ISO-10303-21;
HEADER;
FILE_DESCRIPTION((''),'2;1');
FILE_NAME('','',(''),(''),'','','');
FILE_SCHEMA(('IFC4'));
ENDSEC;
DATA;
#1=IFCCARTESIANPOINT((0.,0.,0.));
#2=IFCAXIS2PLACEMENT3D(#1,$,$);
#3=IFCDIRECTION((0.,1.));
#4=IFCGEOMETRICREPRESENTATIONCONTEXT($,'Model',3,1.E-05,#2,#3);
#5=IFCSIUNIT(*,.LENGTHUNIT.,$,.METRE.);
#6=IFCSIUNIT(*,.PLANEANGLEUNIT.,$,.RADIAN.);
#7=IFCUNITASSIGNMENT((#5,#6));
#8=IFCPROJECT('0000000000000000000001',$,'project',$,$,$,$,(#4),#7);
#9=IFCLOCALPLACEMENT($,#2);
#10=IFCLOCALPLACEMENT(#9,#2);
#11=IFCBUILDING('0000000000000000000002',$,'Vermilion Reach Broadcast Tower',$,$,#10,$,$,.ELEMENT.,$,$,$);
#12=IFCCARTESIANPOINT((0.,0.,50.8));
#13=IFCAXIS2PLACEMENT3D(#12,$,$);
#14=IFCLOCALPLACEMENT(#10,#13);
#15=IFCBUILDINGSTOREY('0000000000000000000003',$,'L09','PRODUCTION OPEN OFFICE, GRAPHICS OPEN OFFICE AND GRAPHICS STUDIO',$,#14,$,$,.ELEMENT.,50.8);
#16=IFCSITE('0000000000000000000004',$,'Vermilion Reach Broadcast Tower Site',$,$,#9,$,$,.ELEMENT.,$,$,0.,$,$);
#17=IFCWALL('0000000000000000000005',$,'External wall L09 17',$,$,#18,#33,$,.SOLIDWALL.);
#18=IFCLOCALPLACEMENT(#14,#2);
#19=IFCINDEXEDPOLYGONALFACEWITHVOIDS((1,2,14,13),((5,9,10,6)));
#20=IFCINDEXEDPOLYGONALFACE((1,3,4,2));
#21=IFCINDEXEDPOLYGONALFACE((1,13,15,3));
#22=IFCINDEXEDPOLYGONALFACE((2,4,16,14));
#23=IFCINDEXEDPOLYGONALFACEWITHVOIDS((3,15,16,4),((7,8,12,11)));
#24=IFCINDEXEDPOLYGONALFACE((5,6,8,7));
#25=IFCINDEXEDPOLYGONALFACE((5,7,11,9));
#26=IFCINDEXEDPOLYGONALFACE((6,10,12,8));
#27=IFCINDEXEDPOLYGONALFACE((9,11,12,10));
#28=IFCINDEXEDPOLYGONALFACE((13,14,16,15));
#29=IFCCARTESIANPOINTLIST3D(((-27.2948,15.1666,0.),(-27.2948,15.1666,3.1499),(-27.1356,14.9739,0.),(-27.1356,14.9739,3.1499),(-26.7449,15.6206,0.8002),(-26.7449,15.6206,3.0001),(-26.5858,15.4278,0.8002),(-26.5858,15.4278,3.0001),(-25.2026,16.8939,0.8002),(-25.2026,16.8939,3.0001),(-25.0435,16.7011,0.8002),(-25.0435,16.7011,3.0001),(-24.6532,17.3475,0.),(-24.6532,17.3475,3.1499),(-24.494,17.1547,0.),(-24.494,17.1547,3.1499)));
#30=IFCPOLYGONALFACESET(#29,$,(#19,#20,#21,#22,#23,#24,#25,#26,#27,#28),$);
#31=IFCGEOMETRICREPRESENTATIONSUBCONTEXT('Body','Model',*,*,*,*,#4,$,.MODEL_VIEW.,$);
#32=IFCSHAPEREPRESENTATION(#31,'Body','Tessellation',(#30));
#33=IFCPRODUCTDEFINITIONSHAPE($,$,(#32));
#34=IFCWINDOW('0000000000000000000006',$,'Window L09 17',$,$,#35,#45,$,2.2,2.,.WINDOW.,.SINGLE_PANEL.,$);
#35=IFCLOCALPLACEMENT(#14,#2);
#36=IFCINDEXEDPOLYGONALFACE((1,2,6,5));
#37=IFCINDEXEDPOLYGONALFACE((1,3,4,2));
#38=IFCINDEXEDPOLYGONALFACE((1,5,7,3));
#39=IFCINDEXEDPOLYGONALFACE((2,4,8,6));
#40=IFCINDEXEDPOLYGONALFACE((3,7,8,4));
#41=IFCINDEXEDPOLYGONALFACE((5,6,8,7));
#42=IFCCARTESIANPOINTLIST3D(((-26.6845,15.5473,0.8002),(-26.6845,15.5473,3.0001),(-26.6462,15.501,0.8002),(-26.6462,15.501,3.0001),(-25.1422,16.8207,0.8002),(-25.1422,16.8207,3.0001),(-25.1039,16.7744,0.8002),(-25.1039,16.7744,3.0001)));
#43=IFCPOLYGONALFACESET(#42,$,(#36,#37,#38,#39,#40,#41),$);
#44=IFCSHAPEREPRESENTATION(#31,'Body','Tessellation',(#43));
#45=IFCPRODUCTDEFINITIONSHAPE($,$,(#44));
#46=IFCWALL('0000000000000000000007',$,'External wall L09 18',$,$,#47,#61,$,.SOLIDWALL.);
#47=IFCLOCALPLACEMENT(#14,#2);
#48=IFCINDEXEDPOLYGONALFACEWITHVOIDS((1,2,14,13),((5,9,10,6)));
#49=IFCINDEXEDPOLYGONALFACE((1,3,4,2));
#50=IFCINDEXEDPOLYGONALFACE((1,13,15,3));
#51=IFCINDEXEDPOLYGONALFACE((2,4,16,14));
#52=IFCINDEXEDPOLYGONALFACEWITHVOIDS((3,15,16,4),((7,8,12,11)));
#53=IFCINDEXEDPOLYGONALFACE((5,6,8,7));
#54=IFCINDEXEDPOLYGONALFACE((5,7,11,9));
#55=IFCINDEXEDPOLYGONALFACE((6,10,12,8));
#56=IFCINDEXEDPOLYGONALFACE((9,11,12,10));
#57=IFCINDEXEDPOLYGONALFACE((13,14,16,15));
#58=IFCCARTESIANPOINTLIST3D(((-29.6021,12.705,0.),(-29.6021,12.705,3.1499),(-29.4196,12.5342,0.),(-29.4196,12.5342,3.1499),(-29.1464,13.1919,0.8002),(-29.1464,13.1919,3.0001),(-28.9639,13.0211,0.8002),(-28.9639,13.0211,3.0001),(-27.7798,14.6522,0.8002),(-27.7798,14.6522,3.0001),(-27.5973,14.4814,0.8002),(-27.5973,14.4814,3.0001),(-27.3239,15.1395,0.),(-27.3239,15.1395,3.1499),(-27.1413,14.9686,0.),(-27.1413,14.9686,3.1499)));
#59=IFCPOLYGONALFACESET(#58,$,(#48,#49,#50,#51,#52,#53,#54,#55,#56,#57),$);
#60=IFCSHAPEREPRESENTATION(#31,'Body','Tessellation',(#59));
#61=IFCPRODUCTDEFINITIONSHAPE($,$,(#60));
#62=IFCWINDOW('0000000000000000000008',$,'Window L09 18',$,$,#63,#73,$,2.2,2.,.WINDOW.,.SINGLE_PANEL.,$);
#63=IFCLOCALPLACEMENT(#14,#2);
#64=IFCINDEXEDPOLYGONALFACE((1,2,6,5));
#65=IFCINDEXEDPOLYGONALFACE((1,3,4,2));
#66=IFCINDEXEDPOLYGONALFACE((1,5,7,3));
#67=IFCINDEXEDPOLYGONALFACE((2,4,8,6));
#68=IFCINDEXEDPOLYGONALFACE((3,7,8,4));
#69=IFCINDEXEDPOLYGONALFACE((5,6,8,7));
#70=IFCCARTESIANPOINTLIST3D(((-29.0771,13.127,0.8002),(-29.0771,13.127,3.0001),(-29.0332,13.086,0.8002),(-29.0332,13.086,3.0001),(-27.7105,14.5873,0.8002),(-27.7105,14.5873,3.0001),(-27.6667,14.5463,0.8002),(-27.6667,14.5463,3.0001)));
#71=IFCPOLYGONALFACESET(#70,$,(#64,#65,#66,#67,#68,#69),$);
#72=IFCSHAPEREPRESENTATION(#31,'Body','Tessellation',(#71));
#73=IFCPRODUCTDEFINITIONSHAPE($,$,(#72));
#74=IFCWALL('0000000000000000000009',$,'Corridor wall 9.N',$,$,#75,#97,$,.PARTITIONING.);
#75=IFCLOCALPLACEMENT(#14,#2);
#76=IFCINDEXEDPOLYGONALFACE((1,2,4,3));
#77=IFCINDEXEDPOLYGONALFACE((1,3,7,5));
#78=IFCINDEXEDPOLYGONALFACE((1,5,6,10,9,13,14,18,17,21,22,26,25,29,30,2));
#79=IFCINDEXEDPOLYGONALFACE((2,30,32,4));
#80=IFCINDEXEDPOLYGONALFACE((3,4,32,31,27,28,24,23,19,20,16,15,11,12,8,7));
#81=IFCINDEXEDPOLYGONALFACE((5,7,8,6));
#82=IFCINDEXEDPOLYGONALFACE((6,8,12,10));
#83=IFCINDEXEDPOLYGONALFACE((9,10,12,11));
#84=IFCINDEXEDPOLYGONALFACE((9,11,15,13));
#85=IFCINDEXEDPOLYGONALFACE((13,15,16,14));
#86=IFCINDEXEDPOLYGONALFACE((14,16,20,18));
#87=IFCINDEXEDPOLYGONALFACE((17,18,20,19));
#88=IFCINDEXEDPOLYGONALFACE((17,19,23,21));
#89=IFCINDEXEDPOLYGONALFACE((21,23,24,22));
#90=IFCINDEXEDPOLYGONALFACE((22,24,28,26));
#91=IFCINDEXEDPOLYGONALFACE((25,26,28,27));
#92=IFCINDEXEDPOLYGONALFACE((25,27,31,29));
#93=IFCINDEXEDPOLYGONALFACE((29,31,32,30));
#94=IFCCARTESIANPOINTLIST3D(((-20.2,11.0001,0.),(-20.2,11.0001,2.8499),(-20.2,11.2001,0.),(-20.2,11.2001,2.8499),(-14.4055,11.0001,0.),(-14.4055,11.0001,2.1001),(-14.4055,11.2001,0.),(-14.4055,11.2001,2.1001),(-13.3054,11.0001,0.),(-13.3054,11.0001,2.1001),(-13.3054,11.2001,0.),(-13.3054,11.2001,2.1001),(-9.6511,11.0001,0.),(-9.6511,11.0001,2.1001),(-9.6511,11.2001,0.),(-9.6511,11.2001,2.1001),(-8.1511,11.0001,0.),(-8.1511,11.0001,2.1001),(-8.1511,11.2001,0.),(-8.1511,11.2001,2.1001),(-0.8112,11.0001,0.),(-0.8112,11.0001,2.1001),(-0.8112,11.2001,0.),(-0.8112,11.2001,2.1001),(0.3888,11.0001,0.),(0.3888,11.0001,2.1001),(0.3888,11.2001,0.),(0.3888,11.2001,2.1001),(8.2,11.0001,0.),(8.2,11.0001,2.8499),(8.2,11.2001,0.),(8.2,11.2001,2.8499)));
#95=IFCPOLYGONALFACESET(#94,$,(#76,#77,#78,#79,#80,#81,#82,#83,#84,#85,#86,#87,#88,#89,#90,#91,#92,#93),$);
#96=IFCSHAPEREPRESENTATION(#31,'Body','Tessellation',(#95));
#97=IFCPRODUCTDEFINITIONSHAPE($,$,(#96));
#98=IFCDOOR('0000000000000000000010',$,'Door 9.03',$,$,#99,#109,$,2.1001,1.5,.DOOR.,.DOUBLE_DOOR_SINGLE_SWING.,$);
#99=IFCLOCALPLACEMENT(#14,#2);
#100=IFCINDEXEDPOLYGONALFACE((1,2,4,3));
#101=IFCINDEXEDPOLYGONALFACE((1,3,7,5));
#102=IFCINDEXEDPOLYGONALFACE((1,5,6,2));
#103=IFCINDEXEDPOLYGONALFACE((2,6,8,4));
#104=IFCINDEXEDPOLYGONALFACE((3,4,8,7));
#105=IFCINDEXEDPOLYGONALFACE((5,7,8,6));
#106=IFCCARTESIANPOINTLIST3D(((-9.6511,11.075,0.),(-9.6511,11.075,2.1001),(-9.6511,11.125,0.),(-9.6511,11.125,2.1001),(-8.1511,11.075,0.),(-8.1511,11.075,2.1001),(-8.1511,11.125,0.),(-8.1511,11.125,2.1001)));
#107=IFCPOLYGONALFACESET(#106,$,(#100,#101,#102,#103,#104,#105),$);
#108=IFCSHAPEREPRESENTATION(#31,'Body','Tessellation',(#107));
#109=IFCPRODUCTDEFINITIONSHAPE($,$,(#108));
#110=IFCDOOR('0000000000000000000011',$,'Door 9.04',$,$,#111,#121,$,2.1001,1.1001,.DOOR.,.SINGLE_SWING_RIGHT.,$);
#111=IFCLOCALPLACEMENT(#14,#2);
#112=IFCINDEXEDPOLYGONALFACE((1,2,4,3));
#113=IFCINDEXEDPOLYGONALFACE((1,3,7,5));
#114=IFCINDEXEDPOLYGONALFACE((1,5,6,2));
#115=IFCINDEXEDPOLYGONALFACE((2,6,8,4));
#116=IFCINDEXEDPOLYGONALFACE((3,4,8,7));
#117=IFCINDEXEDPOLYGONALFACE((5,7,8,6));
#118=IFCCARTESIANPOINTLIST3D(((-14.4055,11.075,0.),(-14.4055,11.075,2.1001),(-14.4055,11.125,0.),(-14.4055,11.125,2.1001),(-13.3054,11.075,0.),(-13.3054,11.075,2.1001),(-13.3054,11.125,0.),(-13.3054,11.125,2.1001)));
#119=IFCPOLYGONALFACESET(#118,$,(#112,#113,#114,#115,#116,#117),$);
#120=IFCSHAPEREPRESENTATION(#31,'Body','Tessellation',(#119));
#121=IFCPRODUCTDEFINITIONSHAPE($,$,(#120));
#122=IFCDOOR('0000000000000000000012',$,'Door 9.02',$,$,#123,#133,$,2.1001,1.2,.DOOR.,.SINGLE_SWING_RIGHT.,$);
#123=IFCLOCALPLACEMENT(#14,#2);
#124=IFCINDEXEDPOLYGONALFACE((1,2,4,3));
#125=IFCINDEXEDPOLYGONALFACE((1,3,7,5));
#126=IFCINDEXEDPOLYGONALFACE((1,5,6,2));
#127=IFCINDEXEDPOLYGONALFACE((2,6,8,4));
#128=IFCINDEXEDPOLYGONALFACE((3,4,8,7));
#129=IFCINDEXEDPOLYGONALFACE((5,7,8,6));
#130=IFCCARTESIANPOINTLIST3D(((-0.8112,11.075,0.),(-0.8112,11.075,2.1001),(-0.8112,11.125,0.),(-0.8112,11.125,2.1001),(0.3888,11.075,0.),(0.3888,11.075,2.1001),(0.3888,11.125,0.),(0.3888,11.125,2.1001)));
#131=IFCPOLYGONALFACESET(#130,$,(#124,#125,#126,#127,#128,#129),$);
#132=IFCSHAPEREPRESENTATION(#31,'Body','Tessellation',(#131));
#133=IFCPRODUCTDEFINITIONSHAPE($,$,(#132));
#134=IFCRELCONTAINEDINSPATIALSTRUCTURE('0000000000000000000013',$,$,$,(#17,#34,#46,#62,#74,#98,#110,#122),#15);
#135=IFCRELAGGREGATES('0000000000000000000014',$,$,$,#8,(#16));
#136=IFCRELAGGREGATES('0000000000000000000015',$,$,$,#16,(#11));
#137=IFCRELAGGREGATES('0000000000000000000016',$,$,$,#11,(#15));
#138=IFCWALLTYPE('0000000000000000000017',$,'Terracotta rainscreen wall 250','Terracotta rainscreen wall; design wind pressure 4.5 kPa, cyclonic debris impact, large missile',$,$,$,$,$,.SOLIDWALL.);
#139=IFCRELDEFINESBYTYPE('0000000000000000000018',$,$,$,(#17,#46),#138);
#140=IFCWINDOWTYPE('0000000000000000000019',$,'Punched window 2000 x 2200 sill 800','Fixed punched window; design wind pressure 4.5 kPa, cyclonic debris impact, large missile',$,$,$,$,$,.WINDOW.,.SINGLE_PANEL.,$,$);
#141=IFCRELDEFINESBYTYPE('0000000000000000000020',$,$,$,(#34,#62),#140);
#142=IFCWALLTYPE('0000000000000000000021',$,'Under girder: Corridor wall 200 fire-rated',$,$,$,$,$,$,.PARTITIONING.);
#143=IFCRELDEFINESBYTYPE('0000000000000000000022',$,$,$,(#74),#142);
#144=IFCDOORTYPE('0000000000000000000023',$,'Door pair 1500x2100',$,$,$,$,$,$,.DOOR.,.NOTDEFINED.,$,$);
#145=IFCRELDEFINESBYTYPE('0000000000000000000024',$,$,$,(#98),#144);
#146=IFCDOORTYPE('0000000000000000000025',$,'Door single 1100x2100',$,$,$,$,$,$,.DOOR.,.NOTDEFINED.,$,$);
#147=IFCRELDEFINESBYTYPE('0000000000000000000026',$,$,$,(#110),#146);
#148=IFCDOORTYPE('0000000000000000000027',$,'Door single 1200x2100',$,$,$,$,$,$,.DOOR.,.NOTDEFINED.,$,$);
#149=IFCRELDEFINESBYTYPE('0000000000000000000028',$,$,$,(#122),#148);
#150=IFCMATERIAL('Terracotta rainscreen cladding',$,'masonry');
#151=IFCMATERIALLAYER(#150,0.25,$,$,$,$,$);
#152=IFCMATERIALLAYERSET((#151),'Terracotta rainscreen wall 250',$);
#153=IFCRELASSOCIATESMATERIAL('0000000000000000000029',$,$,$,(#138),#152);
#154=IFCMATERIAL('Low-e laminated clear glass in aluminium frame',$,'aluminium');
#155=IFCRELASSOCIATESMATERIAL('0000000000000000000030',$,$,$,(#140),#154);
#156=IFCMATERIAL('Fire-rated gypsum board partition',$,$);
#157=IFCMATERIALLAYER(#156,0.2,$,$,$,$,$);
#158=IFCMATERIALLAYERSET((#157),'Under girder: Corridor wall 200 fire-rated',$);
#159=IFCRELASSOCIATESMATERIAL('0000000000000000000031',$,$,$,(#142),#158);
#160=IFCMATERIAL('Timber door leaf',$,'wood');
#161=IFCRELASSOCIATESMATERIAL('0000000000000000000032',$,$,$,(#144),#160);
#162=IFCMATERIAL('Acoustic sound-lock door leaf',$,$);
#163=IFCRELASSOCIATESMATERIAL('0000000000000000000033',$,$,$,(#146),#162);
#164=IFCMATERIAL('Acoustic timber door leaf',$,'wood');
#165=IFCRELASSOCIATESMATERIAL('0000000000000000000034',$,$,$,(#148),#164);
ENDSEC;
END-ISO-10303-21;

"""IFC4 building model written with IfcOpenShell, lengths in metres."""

from ifc_helpers import new_model, si_unit, direction, frame, frame_2d, origin, place, context, subcontext, project, spatial, rectangle, extrude, material, layer, layer_set, type_object, element, fill, save


model = new_model("IFC4")

# Units and contexts
model_context = context("Model", 3, precision=1e-05, world=origin(), true_north=direction((0.0, 1.0)))
body_context = subcontext(model_context, "Body", "Model", "MODEL_VIEW")
ifc_project = project(units=[si_unit("LENGTHUNIT", "METRE"), si_unit("PLANEANGLEUNIT", "RADIAN")], contexts=[model_context])

# Site, building, storey
site_placement = place(None, origin())
site = spatial("IfcSite", under=ifc_project, at=site_placement, Name="Vermilion Reach Broadcast Tower Site", CompositionType="ELEMENT", RefElevation=0.0)
building_placement = place(site_placement, origin())
building = spatial("IfcBuilding", under=site, at=building_placement, Name="Vermilion Reach Broadcast Tower", CompositionType="ELEMENT")
storey_placement = place(building_placement, frame((0.0, 0.0, 50.8)))
storey = spatial("IfcBuildingStorey", under=building, at=storey_placement, Name="L09", Description="PRODUCTION OPEN OFFICE, GRAPHICS OPEN OFFICE AND GRAPHICS STUDIO", CompositionType="ELEMENT", Elevation=50.8)

# Shared definitions
ifc_material_1 = material(Name="Terracotta rainscreen cladding", Category="masonry")
ifc_layer_1 = layer(ifc_material_1, 0.25)
ifc_layer_set_1 = layer_set([ifc_layer_1], Name="Terracotta rainscreen wall 250")
wall_type_1 = type_object("IfcWallType", Name="Terracotta rainscreen wall 250", Description="Terracotta rainscreen wall; design wind pressure 4.5 kPa, cyclonic debris impact, large missile", PredefinedType="SOLIDWALL", material=ifc_layer_set_1)

# Walls, openings, windows
ifc_material_2 = material(Name="Low-e laminated clear glass in aluminium frame", Category="aluminium")
window_type = type_object("IfcWindowType", Name="Punched window 2000 x 2200 sill 800", Description="Fixed punched window; design wind pressure 4.5 kPa, cyclonic debris impact, large missile", PartitioningType="SINGLE_PANEL", PredefinedType="WINDOW", material=ifc_material_2)
wall_1_placement = place(storey_placement, frame((-24.5735, 17.2512, 0.0), z_axis=(0.0, 0.0, 1.0), x_axis=(-0.771146, -0.636659, 0.0)))
wall_1 = element("IfcWall", 1, at=wall_1_placement, inside=storey, type_object=wall_type_1, Name="External wall L09 17", PredefinedType="SOLIDWALL", context=body_context, shape_type="SweptSolid", body=[
    extrude(rectangle(XDim=3.4255, YDim=0.25, at=frame_2d((1.7129, 0.0))), origin(), (0.0, 0.0, 1.0), 3.1499),
])
opening_1_placement = place(wall_1_placement, frame((0.7126, 0.0, 0.8)))
opening_1 = element("IfcOpeningElement", 2, at=opening_1_placement, cuts=wall_1, PredefinedType="OPENING", context=body_context, shape_type="SweptSolid", body=[
    extrude(rectangle(XDim=2.0, YDim=2.2, at=frame_2d((1.0, 1.1001))), frame((0.0, 0.135, 0.0), z_axis=(0.0, -1.0, 0.0), x_axis=(1.0, 0.0, 0.0)), (0.0, 0.0, 1.0), 0.27),
])
window_1_placement = place(opening_1_placement, origin())
window_1 = element("IfcWindow", 3, at=window_1_placement, inside=storey, type_object=window_type, Name="Window L09 17", OverallHeight=2.2, OverallWidth=2.0, PartitioningType="SINGLE_PANEL", PredefinedType="WINDOW", context=body_context, shape_type="SweptSolid", body=[
    extrude(rectangle(XDim=2.0, YDim=2.2, at=frame_2d((1.0, 1.1001))), frame((0.0, 0.03, 0.0), z_axis=(0.0, -1.0, 0.0), x_axis=(1.0, 0.0, 0.0)), (0.0, 0.0, 1.0), 0.0601),
])
fill(opening_1, window_1)
wall_2_placement = place(storey_placement, frame((-27.2327, 15.054, 0.0), z_axis=(0.0, 0.0, 1.0), x_axis=(-0.683288, -0.730149, 0.0)))
wall_2 = element("IfcWall", 4, at=wall_2_placement, inside=storey, type_object=wall_type_1, Name="External wall L09 18", PredefinedType="SOLIDWALL", context=body_context, shape_type="SweptSolid", body=[
    extrude(rectangle(XDim=3.3342, YDim=0.25, at=frame_2d((1.667, 0.0))), origin(), (0.0, 0.0, 1.0), 3.1499),
])
opening_2_placement = place(wall_2_placement, frame((0.6672, 0.0, 0.8)))
opening_2 = element("IfcOpeningElement", 5, at=opening_2_placement, cuts=wall_2, PredefinedType="OPENING", context=body_context, shape_type="SweptSolid", body=[
    extrude(rectangle(XDim=2.0, YDim=2.2, at=frame_2d((1.0, 1.1001))), frame((0.0, 0.135, 0.0), z_axis=(0.0, -1.0, 0.0), x_axis=(1.0, 0.0, 0.0)), (0.0, 0.0, 1.0), 0.27),
])
window_2_placement = place(opening_2_placement, origin())
window_2 = element("IfcWindow", 6, at=window_2_placement, inside=storey, type_object=window_type, Name="Window L09 18", OverallHeight=2.2, OverallWidth=2.0, PartitioningType="SINGLE_PANEL", PredefinedType="WINDOW", context=body_context, shape_type="SweptSolid", body=[
    extrude(rectangle(XDim=2.0, YDim=2.2, at=frame_2d((1.0, 1.1001))), frame((0.0, 0.03, 0.0), z_axis=(0.0, -1.0, 0.0), x_axis=(1.0, 0.0, 0.0)), (0.0, 0.0, 1.0), 0.0601),
])
fill(opening_2, window_2)

# Wall, openings, doors
ifc_material_3 = material(Name="Fire-rated gypsum board partition")
ifc_layer_2 = layer(ifc_material_3, 0.2)
ifc_layer_set_2 = layer_set([ifc_layer_2], Name="Under girder: Corridor wall 200 fire-rated")
wall_type_2 = type_object("IfcWallType", Name="Under girder: Corridor wall 200 fire-rated", PredefinedType="PARTITIONING", material=ifc_layer_set_2)
wall_3_placement = place(storey_placement, frame((-20.2, 11.1001, 0.0), z_axis=(0.0, 0.0, 1.0), x_axis=(1.0, 0.0, 0.0)))
wall_3 = element("IfcWall", 7, at=wall_3_placement, inside=storey, type_object=wall_type_2, Name="Corridor wall 9.N", PredefinedType="PARTITIONING", context=body_context, shape_type="SweptSolid", body=[
    extrude(rectangle(XDim=28.3999, YDim=0.2, at=frame_2d((14.2, 0.0))), origin(), (0.0, 0.0, 1.0), 2.8499),
])
opening_3_placement = place(wall_3_placement, frame((19.3887, 0.0, 0.0)))
opening_3 = element("IfcOpeningElement", 8, at=opening_3_placement, cuts=wall_3, PredefinedType="OPENING", context=body_context, shape_type="SweptSolid", body=[
    extrude(rectangle(XDim=1.2, YDim=2.1001, at=frame_2d((0.6001, 1.05))), frame((0.0, 0.1099, 0.0), z_axis=(0.0, -1.0, 0.0), x_axis=(1.0, 0.0, 0.0)), (0.0, 0.0, 1.0), 0.22),
])
opening_4_placement = place(wall_3_placement, frame((10.5488, 0.0, 0.0)))
opening_4 = element("IfcOpeningElement", 9, at=opening_4_placement, cuts=wall_3, PredefinedType="OPENING", context=body_context, shape_type="SweptSolid", body=[
    extrude(rectangle(XDim=1.5, YDim=2.1001, at=frame_2d((0.75, 1.05))), frame((0.0, 0.1099, 0.0), z_axis=(0.0, -1.0, 0.0), x_axis=(1.0, 0.0, 0.0)), (0.0, 0.0, 1.0), 0.22),
])
opening_5_placement = place(wall_3_placement, frame((5.7944, 0.0, 0.0)))
opening_5 = element("IfcOpeningElement", 10, at=opening_5_placement, cuts=wall_3, PredefinedType="OPENING", context=body_context, shape_type="SweptSolid", body=[
    extrude(rectangle(XDim=1.1001, YDim=2.1001, at=frame_2d((0.55, 1.05))), frame((0.0, 0.1099, 0.0), z_axis=(0.0, -1.0, 0.0), x_axis=(1.0, 0.0, 0.0)), (0.0, 0.0, 1.0), 0.22),
])
ifc_material_4 = material(Name="Timber door leaf", Category="wood")
door_type_1 = type_object("IfcDoorType", Name="Door pair 1500x2100", OperationType="NOTDEFINED", PredefinedType="DOOR", material=ifc_material_4)
door_1_placement = place(opening_4_placement, origin())
door_1 = element("IfcDoor", 11, at=door_1_placement, inside=storey, type_object=door_type_1, Name="Door 9.03", OperationType="DOUBLE_DOOR_SINGLE_SWING", OverallHeight=2.1001, OverallWidth=1.5, PredefinedType="DOOR", context=body_context, shape_type="SweptSolid", body=[
    extrude(rectangle(XDim=1.5, YDim=2.1001, at=frame_2d((0.75, 1.05))), frame((0.0, 0.0249, 0.0), z_axis=(0.0, -1.0, 0.0), x_axis=(1.0, 0.0, 0.0)), (0.0, 0.0, 1.0), 0.05),
])
fill(opening_4, door_1)
ifc_material_5 = material(Name="Acoustic sound-lock door leaf")
door_type_2 = type_object("IfcDoorType", Name="Door single 1100x2100", OperationType="NOTDEFINED", PredefinedType="DOOR", material=ifc_material_5)
door_2_placement = place(opening_5_placement, origin())
door_2 = element("IfcDoor", 12, at=door_2_placement, inside=storey, type_object=door_type_2, Name="Door 9.04", OperationType="SINGLE_SWING_RIGHT", OverallHeight=2.1001, OverallWidth=1.1001, PredefinedType="DOOR", context=body_context, shape_type="SweptSolid", body=[
    extrude(rectangle(XDim=1.1001, YDim=2.1001, at=frame_2d((0.55, 1.05))), frame((0.0, 0.0249, 0.0), z_axis=(0.0, -1.0, 0.0), x_axis=(1.0, 0.0, 0.0)), (0.0, 0.0, 1.0), 0.05),
])
fill(opening_5, door_2)
ifc_material_6 = material(Name="Acoustic timber door leaf", Category="wood")
door_type_3 = type_object("IfcDoorType", Name="Door single 1200x2100", OperationType="NOTDEFINED", PredefinedType="DOOR", material=ifc_material_6)
door_3_placement = place(opening_3_placement, origin())
door_3 = element("IfcDoor", 13, at=door_3_placement, inside=storey, type_object=door_type_3, Name="Door 9.02", OperationType="SINGLE_SWING_RIGHT", OverallHeight=2.1001, OverallWidth=1.2, PredefinedType="DOOR", context=body_context, shape_type="SweptSolid", body=[
    extrude(rectangle(XDim=1.2, YDim=2.1001, at=frame_2d((0.6001, 1.05))), frame((0.0, 0.0249, 0.0), z_axis=(0.0, -1.0, 0.0), x_axis=(1.0, 0.0, 0.0)), (0.0, 0.0, 1.0), 0.05),
])
fill(opening_3, door_3)

save(model, "model.ifc")
